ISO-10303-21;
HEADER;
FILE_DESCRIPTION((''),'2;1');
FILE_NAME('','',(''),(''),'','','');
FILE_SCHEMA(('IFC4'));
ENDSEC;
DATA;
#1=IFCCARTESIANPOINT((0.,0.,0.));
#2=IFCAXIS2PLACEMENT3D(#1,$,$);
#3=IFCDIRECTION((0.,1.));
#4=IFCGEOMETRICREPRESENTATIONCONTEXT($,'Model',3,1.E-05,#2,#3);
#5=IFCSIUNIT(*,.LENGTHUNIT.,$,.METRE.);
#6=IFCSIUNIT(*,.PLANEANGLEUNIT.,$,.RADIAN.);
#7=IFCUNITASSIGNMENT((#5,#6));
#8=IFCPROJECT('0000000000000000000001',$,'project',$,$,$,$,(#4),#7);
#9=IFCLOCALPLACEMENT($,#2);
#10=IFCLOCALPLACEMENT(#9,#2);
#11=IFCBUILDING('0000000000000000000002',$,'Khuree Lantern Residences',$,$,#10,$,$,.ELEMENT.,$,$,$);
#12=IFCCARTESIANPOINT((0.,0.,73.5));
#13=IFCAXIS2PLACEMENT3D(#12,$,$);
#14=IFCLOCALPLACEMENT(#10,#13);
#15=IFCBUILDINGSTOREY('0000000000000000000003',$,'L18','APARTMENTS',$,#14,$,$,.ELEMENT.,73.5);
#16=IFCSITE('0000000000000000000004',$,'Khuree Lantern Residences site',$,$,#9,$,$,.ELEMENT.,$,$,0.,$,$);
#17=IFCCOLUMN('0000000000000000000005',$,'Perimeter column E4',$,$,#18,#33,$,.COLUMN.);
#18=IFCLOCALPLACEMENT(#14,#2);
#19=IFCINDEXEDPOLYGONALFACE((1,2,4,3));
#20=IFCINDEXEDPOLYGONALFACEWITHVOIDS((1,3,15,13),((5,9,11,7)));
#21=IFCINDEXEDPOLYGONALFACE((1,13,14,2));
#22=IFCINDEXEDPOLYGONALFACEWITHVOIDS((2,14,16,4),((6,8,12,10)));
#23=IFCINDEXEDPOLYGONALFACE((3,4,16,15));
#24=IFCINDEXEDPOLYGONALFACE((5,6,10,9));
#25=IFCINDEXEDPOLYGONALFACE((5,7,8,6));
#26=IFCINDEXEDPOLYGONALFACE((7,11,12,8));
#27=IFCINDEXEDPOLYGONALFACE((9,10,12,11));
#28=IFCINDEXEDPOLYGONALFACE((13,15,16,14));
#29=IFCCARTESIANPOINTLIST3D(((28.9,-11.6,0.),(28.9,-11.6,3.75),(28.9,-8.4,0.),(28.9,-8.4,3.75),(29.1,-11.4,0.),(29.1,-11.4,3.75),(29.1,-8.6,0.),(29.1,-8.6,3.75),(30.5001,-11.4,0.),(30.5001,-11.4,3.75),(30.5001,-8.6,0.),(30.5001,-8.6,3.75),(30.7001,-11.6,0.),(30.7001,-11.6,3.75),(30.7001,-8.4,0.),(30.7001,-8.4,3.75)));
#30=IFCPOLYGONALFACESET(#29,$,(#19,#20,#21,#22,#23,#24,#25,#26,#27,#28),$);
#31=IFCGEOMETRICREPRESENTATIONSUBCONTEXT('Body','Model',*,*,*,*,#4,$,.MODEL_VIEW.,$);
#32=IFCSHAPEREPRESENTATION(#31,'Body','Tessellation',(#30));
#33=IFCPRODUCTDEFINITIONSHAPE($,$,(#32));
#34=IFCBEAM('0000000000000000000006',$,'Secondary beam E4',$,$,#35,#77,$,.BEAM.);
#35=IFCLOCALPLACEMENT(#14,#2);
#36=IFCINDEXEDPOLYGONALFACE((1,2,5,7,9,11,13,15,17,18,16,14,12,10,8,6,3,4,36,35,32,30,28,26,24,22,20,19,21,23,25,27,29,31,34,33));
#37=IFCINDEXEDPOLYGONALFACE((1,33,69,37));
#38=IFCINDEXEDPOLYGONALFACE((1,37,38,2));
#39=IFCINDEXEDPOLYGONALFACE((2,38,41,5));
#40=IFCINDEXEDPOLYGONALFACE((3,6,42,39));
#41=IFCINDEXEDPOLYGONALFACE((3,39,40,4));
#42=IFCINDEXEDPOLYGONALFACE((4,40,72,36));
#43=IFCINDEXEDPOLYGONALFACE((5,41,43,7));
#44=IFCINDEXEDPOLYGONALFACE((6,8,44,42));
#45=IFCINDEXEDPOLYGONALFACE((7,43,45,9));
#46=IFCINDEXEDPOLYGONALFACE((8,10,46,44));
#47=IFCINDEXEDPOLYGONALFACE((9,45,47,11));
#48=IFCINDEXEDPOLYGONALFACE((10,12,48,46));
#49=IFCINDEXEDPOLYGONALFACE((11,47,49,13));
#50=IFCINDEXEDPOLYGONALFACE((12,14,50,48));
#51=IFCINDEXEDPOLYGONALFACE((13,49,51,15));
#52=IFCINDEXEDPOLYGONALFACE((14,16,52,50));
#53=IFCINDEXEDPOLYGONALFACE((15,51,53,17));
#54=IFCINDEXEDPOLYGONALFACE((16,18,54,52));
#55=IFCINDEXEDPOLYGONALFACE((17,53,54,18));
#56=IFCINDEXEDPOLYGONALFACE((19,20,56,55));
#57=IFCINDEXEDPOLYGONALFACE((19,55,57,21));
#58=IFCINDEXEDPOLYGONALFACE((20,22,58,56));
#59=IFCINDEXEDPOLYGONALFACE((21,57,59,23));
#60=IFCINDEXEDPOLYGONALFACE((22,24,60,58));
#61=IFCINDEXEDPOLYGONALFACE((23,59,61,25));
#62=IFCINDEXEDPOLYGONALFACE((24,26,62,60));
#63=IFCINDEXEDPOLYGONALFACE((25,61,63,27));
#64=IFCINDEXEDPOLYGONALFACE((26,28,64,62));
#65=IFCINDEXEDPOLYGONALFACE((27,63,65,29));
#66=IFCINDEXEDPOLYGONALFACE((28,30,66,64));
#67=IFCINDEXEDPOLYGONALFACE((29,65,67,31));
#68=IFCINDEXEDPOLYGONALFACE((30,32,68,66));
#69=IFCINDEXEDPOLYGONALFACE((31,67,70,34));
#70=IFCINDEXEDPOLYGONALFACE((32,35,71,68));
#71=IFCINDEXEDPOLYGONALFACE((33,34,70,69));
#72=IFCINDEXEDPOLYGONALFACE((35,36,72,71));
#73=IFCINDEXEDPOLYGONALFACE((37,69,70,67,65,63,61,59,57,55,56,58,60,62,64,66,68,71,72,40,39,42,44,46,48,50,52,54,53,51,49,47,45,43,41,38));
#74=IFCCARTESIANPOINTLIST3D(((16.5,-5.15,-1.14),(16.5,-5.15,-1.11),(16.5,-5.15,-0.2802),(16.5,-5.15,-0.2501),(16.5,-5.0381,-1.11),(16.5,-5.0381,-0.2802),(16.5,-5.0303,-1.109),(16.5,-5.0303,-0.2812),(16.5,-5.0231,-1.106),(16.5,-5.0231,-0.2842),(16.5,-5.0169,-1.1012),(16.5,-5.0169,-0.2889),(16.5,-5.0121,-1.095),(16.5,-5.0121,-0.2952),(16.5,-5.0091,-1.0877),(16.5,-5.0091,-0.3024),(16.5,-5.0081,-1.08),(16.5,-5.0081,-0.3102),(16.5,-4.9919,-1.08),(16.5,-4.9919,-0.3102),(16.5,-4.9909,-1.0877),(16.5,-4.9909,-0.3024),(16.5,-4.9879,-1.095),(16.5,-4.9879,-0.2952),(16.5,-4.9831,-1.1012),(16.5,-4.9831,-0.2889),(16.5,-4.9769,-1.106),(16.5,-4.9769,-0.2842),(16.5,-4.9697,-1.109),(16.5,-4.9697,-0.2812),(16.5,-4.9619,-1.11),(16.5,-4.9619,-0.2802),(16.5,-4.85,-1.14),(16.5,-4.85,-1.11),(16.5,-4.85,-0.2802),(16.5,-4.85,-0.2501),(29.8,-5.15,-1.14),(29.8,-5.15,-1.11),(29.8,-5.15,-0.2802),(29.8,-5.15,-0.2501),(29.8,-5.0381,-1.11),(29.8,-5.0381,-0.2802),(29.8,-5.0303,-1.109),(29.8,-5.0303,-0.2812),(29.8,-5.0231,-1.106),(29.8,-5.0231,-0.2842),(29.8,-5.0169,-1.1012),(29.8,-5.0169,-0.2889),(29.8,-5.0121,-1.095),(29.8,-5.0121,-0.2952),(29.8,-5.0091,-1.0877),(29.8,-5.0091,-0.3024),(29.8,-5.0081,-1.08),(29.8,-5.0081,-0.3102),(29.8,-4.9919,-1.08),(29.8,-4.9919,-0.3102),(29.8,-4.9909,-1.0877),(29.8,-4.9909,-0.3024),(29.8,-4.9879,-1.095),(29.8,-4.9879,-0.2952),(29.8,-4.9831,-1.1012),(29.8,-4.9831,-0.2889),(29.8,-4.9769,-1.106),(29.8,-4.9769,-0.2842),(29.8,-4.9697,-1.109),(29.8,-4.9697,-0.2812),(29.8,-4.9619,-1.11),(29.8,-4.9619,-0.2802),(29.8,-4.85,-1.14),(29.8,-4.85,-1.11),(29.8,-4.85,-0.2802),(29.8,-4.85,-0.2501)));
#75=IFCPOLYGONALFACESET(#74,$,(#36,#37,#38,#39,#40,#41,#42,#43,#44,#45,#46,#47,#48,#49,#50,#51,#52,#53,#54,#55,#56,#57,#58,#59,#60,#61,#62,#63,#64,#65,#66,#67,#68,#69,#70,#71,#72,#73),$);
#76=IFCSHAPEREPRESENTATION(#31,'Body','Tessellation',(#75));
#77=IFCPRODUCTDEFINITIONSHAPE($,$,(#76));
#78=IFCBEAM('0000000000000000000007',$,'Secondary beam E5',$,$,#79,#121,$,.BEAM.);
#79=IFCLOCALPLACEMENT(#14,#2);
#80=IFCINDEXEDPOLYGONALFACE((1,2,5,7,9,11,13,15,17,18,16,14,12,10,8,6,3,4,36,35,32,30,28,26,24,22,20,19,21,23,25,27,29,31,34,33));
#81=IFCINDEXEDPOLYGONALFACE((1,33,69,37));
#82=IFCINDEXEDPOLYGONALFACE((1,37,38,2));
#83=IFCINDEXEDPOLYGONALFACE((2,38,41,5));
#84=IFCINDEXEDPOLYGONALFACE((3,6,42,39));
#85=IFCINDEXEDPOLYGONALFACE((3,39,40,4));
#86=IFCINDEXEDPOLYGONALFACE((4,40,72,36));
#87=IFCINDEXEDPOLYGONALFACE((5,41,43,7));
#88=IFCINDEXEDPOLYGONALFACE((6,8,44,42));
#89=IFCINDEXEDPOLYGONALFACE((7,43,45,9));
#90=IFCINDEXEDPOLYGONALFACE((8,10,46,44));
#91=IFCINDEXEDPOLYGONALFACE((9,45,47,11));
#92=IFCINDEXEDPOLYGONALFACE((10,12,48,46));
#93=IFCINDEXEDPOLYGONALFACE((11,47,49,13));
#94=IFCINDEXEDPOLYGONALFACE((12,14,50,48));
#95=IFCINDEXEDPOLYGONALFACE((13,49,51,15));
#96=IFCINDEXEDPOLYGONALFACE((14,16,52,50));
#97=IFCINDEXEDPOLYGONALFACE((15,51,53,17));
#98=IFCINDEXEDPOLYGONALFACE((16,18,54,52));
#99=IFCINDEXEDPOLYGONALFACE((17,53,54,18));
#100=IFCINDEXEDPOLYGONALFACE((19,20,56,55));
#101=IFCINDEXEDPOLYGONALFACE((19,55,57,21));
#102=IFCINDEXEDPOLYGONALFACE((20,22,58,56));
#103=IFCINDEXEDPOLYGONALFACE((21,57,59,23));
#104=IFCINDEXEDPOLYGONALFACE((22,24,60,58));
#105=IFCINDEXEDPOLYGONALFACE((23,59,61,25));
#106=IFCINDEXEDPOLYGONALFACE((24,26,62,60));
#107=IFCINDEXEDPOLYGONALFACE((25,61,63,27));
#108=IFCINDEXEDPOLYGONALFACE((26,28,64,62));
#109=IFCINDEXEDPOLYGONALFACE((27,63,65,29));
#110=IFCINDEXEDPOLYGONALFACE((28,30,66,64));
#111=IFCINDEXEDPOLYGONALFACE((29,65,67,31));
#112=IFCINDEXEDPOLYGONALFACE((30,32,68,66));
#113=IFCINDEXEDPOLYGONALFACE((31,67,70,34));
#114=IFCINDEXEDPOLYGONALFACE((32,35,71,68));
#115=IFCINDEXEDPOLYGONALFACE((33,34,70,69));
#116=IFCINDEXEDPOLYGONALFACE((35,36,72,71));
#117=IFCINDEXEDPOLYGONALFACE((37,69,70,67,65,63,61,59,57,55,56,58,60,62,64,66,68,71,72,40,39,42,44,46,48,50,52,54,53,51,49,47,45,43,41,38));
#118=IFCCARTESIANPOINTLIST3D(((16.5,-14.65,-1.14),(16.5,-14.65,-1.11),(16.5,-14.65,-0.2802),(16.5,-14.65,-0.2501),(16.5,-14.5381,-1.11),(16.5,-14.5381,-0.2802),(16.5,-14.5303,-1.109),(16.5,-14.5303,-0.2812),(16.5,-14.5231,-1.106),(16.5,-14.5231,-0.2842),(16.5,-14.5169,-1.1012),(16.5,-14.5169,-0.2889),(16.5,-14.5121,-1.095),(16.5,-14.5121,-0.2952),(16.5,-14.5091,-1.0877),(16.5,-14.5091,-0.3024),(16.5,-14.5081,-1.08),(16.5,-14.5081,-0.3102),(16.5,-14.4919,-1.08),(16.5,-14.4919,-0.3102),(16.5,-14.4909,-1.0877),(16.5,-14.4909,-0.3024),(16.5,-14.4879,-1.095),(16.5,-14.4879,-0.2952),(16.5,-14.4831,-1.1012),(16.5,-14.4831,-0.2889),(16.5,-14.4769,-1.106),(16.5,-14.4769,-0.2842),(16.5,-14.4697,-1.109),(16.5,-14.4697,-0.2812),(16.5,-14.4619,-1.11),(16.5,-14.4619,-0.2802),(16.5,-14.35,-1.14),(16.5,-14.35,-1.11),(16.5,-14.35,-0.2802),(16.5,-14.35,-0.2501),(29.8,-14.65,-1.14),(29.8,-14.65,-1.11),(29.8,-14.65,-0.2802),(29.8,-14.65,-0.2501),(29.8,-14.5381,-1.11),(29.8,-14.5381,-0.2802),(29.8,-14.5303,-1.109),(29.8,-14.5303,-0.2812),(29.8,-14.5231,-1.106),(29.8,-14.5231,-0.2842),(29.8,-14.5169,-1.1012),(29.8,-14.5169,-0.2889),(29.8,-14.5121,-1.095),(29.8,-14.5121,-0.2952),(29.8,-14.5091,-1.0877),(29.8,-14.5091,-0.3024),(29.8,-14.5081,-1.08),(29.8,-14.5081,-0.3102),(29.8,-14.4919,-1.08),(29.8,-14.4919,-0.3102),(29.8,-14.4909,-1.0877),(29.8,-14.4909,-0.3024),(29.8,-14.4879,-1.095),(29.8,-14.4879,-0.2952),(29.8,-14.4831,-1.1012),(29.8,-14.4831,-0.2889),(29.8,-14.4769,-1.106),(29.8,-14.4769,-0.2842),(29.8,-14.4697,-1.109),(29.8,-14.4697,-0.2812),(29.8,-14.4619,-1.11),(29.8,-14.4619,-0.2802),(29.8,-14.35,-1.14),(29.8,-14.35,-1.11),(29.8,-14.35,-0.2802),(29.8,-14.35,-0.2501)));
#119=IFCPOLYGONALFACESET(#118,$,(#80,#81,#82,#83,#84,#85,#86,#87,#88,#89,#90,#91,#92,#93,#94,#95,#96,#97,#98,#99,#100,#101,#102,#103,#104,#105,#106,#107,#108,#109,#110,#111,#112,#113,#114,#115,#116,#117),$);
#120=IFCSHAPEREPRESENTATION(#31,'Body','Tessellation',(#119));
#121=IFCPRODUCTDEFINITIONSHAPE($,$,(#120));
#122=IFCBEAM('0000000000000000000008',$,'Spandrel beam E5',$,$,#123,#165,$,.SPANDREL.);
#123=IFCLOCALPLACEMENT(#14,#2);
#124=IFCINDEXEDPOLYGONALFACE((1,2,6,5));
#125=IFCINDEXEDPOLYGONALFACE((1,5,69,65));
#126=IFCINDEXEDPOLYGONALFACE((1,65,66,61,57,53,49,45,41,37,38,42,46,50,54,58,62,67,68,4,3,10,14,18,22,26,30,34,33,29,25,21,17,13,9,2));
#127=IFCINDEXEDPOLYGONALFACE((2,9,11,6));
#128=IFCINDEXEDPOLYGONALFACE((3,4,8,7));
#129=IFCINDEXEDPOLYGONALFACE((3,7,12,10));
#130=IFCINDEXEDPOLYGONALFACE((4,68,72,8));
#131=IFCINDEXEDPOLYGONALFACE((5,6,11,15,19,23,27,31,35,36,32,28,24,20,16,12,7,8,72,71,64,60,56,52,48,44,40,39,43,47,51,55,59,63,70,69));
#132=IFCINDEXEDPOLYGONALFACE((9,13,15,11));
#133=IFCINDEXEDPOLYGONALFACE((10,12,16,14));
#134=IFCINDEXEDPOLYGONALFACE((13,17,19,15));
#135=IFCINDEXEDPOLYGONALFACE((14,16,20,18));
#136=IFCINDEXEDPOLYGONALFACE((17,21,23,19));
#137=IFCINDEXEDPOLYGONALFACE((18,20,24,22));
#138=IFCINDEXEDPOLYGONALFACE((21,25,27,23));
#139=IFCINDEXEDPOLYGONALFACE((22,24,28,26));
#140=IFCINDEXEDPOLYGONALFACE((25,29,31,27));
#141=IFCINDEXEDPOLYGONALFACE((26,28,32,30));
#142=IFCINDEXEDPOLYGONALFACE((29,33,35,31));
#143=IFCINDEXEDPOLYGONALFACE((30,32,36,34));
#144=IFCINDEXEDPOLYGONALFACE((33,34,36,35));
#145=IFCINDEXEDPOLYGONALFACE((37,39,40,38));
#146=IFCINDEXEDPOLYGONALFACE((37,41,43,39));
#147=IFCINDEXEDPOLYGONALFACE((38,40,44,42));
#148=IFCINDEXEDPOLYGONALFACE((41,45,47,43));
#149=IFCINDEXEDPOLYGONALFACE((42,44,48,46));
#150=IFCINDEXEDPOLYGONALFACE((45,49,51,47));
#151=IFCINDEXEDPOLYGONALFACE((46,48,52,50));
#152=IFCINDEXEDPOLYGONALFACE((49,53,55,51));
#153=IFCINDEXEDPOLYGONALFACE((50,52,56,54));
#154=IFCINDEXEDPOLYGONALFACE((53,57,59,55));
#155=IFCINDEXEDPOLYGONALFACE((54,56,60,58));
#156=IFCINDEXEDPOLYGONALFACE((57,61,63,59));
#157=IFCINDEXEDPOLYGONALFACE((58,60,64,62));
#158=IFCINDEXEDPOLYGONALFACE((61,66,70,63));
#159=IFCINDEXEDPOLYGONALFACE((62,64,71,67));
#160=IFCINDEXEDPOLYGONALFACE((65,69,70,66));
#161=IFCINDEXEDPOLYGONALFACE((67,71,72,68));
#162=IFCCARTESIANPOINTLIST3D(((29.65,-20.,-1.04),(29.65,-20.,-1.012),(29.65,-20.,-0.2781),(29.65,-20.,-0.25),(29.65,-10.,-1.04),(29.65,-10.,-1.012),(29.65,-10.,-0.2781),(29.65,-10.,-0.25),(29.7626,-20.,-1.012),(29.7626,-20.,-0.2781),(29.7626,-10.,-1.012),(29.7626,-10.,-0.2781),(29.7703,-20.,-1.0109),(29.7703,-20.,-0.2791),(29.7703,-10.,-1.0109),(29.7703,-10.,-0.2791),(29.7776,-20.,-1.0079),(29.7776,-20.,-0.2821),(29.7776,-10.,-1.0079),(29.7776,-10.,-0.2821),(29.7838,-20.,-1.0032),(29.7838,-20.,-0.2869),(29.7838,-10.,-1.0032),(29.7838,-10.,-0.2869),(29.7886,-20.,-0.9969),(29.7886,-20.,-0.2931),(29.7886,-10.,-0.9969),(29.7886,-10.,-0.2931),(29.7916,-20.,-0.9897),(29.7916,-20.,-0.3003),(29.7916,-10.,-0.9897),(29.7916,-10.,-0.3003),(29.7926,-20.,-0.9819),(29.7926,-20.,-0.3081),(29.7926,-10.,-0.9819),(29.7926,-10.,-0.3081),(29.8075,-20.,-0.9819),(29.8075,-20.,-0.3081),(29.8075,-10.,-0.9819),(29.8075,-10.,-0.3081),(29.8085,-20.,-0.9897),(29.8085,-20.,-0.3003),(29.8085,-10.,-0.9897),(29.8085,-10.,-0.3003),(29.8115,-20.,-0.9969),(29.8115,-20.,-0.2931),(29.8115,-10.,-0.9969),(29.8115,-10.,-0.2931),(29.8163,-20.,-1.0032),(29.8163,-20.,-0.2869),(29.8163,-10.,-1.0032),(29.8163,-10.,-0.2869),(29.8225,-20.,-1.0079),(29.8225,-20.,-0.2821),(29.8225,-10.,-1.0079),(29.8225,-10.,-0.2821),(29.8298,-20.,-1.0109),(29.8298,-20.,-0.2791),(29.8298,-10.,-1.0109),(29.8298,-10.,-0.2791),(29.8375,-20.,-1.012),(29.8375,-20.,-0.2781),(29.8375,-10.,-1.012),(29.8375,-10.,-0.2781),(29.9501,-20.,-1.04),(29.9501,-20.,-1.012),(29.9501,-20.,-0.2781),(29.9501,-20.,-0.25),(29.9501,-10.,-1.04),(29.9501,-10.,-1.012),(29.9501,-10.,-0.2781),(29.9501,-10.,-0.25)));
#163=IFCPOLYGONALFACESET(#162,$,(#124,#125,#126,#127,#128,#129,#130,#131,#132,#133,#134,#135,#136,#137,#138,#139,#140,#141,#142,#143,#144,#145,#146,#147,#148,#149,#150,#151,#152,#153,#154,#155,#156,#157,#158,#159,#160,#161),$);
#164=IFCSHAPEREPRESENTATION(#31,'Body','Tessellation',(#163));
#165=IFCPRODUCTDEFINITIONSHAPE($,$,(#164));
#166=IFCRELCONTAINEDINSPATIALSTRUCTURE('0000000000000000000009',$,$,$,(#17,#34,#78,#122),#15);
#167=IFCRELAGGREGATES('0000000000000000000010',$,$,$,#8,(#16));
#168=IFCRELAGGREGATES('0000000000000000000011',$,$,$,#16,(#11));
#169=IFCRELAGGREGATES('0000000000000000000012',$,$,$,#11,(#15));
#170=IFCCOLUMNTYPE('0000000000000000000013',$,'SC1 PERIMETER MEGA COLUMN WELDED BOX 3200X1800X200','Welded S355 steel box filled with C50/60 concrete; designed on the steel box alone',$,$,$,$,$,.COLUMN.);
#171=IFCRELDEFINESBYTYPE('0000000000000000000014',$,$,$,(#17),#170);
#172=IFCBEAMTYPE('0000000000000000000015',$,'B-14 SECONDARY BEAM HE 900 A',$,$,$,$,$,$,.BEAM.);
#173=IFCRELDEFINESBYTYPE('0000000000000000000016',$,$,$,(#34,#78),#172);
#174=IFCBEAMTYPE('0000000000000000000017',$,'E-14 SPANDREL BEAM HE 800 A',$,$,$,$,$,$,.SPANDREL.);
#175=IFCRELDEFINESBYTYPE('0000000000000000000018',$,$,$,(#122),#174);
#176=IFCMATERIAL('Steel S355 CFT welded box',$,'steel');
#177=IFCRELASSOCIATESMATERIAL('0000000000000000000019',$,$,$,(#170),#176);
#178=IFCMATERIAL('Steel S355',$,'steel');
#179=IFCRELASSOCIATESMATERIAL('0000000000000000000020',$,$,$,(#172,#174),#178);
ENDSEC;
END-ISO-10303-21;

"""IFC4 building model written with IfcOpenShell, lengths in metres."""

from ifc_helpers import new_model, si_unit, direction, frame, origin, origin_2d, place, context, subcontext, project, spatial, hollow_rectangle, i_section, extrude, material, material_profile, profile_set, type_object, element, save


model = new_model("IFC4")

# Units and contexts
model_context = context("Model", 3, precision=1e-05, world=origin(), true_north=direction((0.0, 1.0)))
body_context = subcontext(model_context, "Body", "Model", "MODEL_VIEW")
ifc_project = project(units=[si_unit("LENGTHUNIT", "METRE"), si_unit("PLANEANGLEUNIT", "RADIAN")], contexts=[model_context])

# Site, building, storey
site_placement = place(None, origin())
site = spatial("IfcSite", under=ifc_project, at=site_placement, Name="Khuree Lantern Residences site", CompositionType="ELEMENT", RefElevation=0.0)
building_placement = place(site_placement, origin())
building = spatial("IfcBuilding", under=site, at=building_placement, Name="Khuree Lantern Residences", CompositionType="ELEMENT")
storey_placement = place(building_placement, frame((0.0, 0.0, 73.5)))
storey = spatial("IfcBuildingStorey", under=building, at=storey_placement, Name="L18", Description="APARTMENTS", CompositionType="ELEMENT", Elevation=73.5)

# Column
ifc_material_1 = material(Name="Steel S355 CFT welded box", Category="steel")
ifc_material_profile_1 = material_profile(ifc_material_1, hollow_rectangle(XDim=3.2, YDim=1.8, WallThickness=0.2, at=origin_2d()), Name="WELDED BOX 3200X1800X200")
ifc_profile_set_1 = profile_set([ifc_material_profile_1], Name="Steel S355 CFT welded box")
column_type = type_object("IfcColumnType", Name="SC1 PERIMETER MEGA COLUMN WELDED BOX 3200X1800X200", Description="Welded S355 steel box filled with C50/60 concrete; designed on the steel box alone", PredefinedType="COLUMN", material=ifc_profile_set_1)
column_placement = place(storey_placement, frame((29.8, -10.0, 0.0), z_axis=(0.0, 0.0, 1.0), x_axis=(0.0, 1.0, 0.0)))
element("IfcColumn", 1, at=column_placement, inside=storey, type_object=column_type, Name="Perimeter column E4", PredefinedType="COLUMN", context=body_context, shape_type="SweptSolid", body=[
    extrude(hollow_rectangle(XDim=3.2, YDim=1.8, WallThickness=0.2, at=origin_2d()), origin(), (0.0, 0.0, 1.0), 3.75),
])

# Beams
ifc_material_2 = material(Name="Steel S355", Category="steel")
ifc_material_profile_2 = material_profile(ifc_material_2, i_section(OverallWidth=0.3, OverallDepth=0.8899, WebThickness=0.0161, FlangeThickness=0.03, FilletRadius=0.03, at=origin_2d()), Name="HE 900 A")
ifc_profile_set_2 = profile_set([ifc_material_profile_2], Name="Steel S355")
beam_type_1 = type_object("IfcBeamType", Name="B-14 SECONDARY BEAM HE 900 A", PredefinedType="BEAM", material=ifc_profile_set_2)
for number, where, z_axis, x_axis, name in (
    (2, (29.8, -5.0, -0.6951), (-1.0, 0.0, 0.0), (0.0, -1.0, 0.0), "Secondary beam E4"),
    (3, (29.8, -14.5, -0.6951), (-1.0, 0.0, 0.0), (0.0, -1.0, 0.0), "Secondary beam E5"),
):
    element("IfcBeam", number, at=place(storey_placement, frame(where, z_axis=z_axis, x_axis=x_axis)), inside=storey, type_object=beam_type_1, Name=name, PredefinedType="BEAM", context=body_context, shape_type="SweptSolid", body=[
        extrude(i_section(OverallWidth=0.3, OverallDepth=0.8899, WebThickness=0.0161, FlangeThickness=0.03, FilletRadius=0.03, at=origin_2d()), origin(), (0.0, 0.0, 1.0), 13.3),
    ])
ifc_material_profile_3 = material_profile(ifc_material_2, i_section(OverallWidth=0.3, OverallDepth=0.79, WebThickness=0.0149, FlangeThickness=0.0281, FilletRadius=0.03, at=origin_2d()), Name="HE 800 A")
ifc_profile_set_3 = profile_set([ifc_material_profile_3], Name="Steel S355")
beam_type_2 = type_object("IfcBeamType", Name="E-14 SPANDREL BEAM HE 800 A", PredefinedType="SPANDREL", material=ifc_profile_set_3)
beam_1_placement = place(storey_placement, frame((29.8, -10.0, -0.645), z_axis=(0.0, -1.0, 0.0), x_axis=(1.0, 0.0, 0.0)))
element("IfcBeam", 4, at=beam_1_placement, inside=storey, type_object=beam_type_2, Name="Spandrel beam E5", PredefinedType="SPANDREL", context=body_context, shape_type="SweptSolid", body=[
    extrude(i_section(OverallWidth=0.3, OverallDepth=0.79, WebThickness=0.0149, FlangeThickness=0.0281, FilletRadius=0.03, at=origin_2d()), origin(), (0.0, 0.0, 1.0), 10.0),
])

save(model, "model.ifc")
